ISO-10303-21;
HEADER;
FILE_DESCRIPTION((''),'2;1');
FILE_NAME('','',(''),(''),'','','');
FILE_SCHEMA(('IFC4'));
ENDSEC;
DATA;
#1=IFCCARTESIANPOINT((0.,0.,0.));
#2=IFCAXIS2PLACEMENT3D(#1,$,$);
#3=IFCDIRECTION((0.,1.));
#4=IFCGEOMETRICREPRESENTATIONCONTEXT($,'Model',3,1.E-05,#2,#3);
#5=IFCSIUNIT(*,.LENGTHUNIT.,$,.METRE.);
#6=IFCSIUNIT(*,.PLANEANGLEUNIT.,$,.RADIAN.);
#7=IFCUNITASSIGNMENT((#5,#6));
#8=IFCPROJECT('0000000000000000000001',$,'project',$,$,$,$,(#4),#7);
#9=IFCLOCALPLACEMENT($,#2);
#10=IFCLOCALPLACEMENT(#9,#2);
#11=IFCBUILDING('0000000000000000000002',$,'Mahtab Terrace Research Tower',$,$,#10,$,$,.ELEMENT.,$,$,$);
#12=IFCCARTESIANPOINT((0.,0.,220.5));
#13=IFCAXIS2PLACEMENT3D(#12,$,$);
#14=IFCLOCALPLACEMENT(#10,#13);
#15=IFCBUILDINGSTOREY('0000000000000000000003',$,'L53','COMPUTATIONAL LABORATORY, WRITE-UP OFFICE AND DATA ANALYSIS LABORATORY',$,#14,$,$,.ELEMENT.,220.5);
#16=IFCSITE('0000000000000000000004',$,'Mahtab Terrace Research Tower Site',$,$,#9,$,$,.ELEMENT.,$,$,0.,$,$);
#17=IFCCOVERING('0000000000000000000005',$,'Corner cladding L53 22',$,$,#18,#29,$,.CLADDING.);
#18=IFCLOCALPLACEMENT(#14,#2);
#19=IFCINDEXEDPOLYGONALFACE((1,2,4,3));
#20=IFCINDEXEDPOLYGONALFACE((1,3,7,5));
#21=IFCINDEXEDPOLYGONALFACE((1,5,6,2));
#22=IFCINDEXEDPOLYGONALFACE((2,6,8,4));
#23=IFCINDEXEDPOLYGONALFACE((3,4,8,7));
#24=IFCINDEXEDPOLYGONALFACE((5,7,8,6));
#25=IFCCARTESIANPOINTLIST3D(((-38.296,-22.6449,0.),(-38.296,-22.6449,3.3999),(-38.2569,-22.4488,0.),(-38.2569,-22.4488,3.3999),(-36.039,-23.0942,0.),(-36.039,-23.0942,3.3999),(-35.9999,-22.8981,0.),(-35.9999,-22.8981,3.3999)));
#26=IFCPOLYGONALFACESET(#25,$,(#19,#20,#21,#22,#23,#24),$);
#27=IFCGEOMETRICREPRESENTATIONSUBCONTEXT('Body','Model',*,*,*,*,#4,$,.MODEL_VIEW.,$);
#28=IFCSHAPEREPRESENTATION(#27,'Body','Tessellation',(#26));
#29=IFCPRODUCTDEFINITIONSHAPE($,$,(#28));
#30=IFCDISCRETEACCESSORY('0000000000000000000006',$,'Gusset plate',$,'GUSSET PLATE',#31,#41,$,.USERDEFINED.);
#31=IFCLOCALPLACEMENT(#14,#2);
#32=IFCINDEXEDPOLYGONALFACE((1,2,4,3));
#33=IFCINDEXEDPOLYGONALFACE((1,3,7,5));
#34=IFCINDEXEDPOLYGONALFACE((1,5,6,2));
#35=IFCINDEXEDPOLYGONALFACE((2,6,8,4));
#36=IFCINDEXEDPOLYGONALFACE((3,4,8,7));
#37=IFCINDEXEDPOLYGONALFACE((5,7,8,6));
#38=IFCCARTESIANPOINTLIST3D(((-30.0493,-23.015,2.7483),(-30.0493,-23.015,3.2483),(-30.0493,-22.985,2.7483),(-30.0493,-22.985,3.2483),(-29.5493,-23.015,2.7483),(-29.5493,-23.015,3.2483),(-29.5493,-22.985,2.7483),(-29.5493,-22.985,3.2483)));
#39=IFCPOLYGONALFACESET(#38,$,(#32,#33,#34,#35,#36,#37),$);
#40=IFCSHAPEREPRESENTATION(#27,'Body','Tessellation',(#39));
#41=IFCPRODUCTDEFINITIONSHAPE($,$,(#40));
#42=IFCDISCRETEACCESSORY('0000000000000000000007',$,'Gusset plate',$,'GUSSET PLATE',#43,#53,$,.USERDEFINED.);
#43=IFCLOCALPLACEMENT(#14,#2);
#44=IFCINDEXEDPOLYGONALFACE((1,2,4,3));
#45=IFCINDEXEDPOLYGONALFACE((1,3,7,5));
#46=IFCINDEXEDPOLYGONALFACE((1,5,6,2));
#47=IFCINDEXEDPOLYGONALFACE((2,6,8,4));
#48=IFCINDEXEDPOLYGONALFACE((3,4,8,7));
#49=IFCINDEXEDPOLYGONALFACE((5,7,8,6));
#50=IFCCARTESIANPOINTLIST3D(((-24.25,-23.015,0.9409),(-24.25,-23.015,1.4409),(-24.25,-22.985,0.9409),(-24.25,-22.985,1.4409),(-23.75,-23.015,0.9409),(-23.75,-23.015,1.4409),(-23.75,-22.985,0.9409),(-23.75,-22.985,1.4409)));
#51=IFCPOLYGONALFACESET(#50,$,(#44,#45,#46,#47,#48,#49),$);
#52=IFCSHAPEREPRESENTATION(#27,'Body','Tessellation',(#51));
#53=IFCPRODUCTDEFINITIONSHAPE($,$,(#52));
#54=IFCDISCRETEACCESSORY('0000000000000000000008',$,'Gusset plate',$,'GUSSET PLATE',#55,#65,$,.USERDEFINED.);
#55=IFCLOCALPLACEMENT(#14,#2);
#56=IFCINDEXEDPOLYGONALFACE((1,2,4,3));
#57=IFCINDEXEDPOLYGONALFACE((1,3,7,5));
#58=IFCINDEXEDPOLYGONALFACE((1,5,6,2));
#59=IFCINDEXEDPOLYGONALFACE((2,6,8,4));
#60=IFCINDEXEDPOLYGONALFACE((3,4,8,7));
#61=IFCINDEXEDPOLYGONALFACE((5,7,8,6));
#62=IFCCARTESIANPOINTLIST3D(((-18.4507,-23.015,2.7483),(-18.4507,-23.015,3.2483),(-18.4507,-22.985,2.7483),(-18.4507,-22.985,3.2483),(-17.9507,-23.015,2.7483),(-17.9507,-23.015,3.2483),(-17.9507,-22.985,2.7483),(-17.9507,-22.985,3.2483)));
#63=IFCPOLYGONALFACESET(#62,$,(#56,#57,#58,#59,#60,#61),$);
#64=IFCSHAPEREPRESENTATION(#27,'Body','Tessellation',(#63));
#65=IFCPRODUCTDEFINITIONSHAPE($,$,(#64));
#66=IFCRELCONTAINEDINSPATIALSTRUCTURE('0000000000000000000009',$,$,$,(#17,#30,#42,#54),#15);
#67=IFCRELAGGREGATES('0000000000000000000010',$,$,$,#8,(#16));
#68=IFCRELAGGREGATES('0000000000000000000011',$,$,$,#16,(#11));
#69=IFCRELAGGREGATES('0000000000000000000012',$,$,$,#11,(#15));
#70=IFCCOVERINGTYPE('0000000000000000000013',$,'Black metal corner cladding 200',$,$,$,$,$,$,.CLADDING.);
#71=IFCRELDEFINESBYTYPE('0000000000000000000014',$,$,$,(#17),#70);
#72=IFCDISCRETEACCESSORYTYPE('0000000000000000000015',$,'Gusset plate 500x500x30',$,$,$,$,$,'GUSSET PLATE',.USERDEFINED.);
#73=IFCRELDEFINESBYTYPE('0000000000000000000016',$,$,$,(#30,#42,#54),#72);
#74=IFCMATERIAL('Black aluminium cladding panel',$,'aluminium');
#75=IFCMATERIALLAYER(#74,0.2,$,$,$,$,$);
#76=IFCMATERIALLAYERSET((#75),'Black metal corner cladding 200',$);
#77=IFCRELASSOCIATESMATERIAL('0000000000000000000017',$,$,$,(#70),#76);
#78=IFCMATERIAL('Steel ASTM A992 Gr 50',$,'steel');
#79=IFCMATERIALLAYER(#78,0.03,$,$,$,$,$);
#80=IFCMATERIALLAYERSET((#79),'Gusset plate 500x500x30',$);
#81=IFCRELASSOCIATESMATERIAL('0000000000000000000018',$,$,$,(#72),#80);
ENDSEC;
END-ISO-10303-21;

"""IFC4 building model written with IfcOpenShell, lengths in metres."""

from ifc_helpers import new_model, si_unit, direction, frame, origin, origin_2d, place, context, subcontext, project, spatial, rectangle, extrude, material, layer, layer_set, type_object, element, save


model = new_model("IFC4")

# Units and contexts
model_context = context("Model", 3, precision=1e-05, world=origin(), true_north=direction((0.0, 1.0)))
body_context = subcontext(model_context, "Body", "Model", "MODEL_VIEW")
ifc_project = project(units=[si_unit("LENGTHUNIT", "METRE"), si_unit("PLANEANGLEUNIT", "RADIAN")], contexts=[model_context])

# Site, building, storey
site_placement = place(None, origin())
site = spatial("IfcSite", under=ifc_project, at=site_placement, Name="Mahtab Terrace Research Tower Site", CompositionType="ELEMENT", RefElevation=0.0)
building_placement = place(site_placement, origin())
building = spatial("IfcBuilding", under=site, at=building_placement, Name="Mahtab Terrace Research Tower", CompositionType="ELEMENT")
storey_placement = place(building_placement, frame((0.0, 0.0, 220.5)))
storey = spatial("IfcBuildingStorey", under=building, at=storey_placement, Name="L53", Description="COMPUTATIONAL LABORATORY, WRITE-UP OFFICE AND DATA ANALYSIS LABORATORY", CompositionType="ELEMENT", Elevation=220.5)

# Shared definitions
ifc_material_1 = material(Name="Steel ASTM A992 Gr 50", Category="steel")

# Shared definitions
ifc_material_2 = material(Name="Black aluminium cladding panel", Category="aluminium")

# Covering
ifc_layer_1 = layer(ifc_material_2, 0.2)
ifc_layer_set_1 = layer_set([ifc_layer_1], Name="Black metal corner cladding 200")
covering_type = type_object("IfcCoveringType", Name="Black metal corner cladding 200", PredefinedType="CLADDING", material=ifc_layer_set_1)
covering_1_placement = place(storey_placement, frame((-37.1479, -22.7715, 0.0), z_axis=(0.0, 0.0, 1.0), x_axis=(0.980761, -0.195212, 0.0)))
element("IfcCovering", 1, at=covering_1_placement, inside=storey, type_object=covering_type, Name="Corner cladding L53 22", PredefinedType="CLADDING", context=body_context, shape_type="SweptSolid", body=[
    extrude(rectangle(XDim=2.3013, YDim=0.2, at=origin_2d()), origin(), (0.0, 0.0, 1.0), 3.3999),
])

# Discrete accessories
ifc_layer_2 = layer(ifc_material_1, 0.03)
ifc_layer_set_2 = layer_set([ifc_layer_2], Name="Gusset plate 500x500x30")
discrete_accessory_type = type_object("IfcDiscreteAccessoryType", Name="Gusset plate 500x500x30", ElementType="GUSSET PLATE", PredefinedType="USERDEFINED", material=ifc_layer_set_2)
for number, where, z_axis, x_axis, name in (
    (2, (-29.7993, -23.0, 2.7483), (0.0, 0.0, 1.0), (1.0, 0.0, 0.0), "Gusset plate"),
    (3, (-24.0, -23.0, 0.9409), (0.0, 0.0, 1.0), (1.0, 0.0, 0.0), "Gusset plate"),
    (4, (-18.2007, -23.0, 2.7483), (0.0, 0.0, 1.0), (1.0, 0.0, 0.0), "Gusset plate"),
):
    element("IfcDiscreteAccessory", number, at=place(storey_placement, frame(where, z_axis=z_axis, x_axis=x_axis)), inside=storey, type_object=discrete_accessory_type, Name=name, ObjectType="GUSSET PLATE", PredefinedType="USERDEFINED", context=body_context, shape_type="SweptSolid", body=[
        extrude(rectangle(XDim=0.5, YDim=0.03, at=origin_2d()), origin(), (0.0, 0.0, 1.0), 0.5),
    ])

save(model, "model.ifc")
